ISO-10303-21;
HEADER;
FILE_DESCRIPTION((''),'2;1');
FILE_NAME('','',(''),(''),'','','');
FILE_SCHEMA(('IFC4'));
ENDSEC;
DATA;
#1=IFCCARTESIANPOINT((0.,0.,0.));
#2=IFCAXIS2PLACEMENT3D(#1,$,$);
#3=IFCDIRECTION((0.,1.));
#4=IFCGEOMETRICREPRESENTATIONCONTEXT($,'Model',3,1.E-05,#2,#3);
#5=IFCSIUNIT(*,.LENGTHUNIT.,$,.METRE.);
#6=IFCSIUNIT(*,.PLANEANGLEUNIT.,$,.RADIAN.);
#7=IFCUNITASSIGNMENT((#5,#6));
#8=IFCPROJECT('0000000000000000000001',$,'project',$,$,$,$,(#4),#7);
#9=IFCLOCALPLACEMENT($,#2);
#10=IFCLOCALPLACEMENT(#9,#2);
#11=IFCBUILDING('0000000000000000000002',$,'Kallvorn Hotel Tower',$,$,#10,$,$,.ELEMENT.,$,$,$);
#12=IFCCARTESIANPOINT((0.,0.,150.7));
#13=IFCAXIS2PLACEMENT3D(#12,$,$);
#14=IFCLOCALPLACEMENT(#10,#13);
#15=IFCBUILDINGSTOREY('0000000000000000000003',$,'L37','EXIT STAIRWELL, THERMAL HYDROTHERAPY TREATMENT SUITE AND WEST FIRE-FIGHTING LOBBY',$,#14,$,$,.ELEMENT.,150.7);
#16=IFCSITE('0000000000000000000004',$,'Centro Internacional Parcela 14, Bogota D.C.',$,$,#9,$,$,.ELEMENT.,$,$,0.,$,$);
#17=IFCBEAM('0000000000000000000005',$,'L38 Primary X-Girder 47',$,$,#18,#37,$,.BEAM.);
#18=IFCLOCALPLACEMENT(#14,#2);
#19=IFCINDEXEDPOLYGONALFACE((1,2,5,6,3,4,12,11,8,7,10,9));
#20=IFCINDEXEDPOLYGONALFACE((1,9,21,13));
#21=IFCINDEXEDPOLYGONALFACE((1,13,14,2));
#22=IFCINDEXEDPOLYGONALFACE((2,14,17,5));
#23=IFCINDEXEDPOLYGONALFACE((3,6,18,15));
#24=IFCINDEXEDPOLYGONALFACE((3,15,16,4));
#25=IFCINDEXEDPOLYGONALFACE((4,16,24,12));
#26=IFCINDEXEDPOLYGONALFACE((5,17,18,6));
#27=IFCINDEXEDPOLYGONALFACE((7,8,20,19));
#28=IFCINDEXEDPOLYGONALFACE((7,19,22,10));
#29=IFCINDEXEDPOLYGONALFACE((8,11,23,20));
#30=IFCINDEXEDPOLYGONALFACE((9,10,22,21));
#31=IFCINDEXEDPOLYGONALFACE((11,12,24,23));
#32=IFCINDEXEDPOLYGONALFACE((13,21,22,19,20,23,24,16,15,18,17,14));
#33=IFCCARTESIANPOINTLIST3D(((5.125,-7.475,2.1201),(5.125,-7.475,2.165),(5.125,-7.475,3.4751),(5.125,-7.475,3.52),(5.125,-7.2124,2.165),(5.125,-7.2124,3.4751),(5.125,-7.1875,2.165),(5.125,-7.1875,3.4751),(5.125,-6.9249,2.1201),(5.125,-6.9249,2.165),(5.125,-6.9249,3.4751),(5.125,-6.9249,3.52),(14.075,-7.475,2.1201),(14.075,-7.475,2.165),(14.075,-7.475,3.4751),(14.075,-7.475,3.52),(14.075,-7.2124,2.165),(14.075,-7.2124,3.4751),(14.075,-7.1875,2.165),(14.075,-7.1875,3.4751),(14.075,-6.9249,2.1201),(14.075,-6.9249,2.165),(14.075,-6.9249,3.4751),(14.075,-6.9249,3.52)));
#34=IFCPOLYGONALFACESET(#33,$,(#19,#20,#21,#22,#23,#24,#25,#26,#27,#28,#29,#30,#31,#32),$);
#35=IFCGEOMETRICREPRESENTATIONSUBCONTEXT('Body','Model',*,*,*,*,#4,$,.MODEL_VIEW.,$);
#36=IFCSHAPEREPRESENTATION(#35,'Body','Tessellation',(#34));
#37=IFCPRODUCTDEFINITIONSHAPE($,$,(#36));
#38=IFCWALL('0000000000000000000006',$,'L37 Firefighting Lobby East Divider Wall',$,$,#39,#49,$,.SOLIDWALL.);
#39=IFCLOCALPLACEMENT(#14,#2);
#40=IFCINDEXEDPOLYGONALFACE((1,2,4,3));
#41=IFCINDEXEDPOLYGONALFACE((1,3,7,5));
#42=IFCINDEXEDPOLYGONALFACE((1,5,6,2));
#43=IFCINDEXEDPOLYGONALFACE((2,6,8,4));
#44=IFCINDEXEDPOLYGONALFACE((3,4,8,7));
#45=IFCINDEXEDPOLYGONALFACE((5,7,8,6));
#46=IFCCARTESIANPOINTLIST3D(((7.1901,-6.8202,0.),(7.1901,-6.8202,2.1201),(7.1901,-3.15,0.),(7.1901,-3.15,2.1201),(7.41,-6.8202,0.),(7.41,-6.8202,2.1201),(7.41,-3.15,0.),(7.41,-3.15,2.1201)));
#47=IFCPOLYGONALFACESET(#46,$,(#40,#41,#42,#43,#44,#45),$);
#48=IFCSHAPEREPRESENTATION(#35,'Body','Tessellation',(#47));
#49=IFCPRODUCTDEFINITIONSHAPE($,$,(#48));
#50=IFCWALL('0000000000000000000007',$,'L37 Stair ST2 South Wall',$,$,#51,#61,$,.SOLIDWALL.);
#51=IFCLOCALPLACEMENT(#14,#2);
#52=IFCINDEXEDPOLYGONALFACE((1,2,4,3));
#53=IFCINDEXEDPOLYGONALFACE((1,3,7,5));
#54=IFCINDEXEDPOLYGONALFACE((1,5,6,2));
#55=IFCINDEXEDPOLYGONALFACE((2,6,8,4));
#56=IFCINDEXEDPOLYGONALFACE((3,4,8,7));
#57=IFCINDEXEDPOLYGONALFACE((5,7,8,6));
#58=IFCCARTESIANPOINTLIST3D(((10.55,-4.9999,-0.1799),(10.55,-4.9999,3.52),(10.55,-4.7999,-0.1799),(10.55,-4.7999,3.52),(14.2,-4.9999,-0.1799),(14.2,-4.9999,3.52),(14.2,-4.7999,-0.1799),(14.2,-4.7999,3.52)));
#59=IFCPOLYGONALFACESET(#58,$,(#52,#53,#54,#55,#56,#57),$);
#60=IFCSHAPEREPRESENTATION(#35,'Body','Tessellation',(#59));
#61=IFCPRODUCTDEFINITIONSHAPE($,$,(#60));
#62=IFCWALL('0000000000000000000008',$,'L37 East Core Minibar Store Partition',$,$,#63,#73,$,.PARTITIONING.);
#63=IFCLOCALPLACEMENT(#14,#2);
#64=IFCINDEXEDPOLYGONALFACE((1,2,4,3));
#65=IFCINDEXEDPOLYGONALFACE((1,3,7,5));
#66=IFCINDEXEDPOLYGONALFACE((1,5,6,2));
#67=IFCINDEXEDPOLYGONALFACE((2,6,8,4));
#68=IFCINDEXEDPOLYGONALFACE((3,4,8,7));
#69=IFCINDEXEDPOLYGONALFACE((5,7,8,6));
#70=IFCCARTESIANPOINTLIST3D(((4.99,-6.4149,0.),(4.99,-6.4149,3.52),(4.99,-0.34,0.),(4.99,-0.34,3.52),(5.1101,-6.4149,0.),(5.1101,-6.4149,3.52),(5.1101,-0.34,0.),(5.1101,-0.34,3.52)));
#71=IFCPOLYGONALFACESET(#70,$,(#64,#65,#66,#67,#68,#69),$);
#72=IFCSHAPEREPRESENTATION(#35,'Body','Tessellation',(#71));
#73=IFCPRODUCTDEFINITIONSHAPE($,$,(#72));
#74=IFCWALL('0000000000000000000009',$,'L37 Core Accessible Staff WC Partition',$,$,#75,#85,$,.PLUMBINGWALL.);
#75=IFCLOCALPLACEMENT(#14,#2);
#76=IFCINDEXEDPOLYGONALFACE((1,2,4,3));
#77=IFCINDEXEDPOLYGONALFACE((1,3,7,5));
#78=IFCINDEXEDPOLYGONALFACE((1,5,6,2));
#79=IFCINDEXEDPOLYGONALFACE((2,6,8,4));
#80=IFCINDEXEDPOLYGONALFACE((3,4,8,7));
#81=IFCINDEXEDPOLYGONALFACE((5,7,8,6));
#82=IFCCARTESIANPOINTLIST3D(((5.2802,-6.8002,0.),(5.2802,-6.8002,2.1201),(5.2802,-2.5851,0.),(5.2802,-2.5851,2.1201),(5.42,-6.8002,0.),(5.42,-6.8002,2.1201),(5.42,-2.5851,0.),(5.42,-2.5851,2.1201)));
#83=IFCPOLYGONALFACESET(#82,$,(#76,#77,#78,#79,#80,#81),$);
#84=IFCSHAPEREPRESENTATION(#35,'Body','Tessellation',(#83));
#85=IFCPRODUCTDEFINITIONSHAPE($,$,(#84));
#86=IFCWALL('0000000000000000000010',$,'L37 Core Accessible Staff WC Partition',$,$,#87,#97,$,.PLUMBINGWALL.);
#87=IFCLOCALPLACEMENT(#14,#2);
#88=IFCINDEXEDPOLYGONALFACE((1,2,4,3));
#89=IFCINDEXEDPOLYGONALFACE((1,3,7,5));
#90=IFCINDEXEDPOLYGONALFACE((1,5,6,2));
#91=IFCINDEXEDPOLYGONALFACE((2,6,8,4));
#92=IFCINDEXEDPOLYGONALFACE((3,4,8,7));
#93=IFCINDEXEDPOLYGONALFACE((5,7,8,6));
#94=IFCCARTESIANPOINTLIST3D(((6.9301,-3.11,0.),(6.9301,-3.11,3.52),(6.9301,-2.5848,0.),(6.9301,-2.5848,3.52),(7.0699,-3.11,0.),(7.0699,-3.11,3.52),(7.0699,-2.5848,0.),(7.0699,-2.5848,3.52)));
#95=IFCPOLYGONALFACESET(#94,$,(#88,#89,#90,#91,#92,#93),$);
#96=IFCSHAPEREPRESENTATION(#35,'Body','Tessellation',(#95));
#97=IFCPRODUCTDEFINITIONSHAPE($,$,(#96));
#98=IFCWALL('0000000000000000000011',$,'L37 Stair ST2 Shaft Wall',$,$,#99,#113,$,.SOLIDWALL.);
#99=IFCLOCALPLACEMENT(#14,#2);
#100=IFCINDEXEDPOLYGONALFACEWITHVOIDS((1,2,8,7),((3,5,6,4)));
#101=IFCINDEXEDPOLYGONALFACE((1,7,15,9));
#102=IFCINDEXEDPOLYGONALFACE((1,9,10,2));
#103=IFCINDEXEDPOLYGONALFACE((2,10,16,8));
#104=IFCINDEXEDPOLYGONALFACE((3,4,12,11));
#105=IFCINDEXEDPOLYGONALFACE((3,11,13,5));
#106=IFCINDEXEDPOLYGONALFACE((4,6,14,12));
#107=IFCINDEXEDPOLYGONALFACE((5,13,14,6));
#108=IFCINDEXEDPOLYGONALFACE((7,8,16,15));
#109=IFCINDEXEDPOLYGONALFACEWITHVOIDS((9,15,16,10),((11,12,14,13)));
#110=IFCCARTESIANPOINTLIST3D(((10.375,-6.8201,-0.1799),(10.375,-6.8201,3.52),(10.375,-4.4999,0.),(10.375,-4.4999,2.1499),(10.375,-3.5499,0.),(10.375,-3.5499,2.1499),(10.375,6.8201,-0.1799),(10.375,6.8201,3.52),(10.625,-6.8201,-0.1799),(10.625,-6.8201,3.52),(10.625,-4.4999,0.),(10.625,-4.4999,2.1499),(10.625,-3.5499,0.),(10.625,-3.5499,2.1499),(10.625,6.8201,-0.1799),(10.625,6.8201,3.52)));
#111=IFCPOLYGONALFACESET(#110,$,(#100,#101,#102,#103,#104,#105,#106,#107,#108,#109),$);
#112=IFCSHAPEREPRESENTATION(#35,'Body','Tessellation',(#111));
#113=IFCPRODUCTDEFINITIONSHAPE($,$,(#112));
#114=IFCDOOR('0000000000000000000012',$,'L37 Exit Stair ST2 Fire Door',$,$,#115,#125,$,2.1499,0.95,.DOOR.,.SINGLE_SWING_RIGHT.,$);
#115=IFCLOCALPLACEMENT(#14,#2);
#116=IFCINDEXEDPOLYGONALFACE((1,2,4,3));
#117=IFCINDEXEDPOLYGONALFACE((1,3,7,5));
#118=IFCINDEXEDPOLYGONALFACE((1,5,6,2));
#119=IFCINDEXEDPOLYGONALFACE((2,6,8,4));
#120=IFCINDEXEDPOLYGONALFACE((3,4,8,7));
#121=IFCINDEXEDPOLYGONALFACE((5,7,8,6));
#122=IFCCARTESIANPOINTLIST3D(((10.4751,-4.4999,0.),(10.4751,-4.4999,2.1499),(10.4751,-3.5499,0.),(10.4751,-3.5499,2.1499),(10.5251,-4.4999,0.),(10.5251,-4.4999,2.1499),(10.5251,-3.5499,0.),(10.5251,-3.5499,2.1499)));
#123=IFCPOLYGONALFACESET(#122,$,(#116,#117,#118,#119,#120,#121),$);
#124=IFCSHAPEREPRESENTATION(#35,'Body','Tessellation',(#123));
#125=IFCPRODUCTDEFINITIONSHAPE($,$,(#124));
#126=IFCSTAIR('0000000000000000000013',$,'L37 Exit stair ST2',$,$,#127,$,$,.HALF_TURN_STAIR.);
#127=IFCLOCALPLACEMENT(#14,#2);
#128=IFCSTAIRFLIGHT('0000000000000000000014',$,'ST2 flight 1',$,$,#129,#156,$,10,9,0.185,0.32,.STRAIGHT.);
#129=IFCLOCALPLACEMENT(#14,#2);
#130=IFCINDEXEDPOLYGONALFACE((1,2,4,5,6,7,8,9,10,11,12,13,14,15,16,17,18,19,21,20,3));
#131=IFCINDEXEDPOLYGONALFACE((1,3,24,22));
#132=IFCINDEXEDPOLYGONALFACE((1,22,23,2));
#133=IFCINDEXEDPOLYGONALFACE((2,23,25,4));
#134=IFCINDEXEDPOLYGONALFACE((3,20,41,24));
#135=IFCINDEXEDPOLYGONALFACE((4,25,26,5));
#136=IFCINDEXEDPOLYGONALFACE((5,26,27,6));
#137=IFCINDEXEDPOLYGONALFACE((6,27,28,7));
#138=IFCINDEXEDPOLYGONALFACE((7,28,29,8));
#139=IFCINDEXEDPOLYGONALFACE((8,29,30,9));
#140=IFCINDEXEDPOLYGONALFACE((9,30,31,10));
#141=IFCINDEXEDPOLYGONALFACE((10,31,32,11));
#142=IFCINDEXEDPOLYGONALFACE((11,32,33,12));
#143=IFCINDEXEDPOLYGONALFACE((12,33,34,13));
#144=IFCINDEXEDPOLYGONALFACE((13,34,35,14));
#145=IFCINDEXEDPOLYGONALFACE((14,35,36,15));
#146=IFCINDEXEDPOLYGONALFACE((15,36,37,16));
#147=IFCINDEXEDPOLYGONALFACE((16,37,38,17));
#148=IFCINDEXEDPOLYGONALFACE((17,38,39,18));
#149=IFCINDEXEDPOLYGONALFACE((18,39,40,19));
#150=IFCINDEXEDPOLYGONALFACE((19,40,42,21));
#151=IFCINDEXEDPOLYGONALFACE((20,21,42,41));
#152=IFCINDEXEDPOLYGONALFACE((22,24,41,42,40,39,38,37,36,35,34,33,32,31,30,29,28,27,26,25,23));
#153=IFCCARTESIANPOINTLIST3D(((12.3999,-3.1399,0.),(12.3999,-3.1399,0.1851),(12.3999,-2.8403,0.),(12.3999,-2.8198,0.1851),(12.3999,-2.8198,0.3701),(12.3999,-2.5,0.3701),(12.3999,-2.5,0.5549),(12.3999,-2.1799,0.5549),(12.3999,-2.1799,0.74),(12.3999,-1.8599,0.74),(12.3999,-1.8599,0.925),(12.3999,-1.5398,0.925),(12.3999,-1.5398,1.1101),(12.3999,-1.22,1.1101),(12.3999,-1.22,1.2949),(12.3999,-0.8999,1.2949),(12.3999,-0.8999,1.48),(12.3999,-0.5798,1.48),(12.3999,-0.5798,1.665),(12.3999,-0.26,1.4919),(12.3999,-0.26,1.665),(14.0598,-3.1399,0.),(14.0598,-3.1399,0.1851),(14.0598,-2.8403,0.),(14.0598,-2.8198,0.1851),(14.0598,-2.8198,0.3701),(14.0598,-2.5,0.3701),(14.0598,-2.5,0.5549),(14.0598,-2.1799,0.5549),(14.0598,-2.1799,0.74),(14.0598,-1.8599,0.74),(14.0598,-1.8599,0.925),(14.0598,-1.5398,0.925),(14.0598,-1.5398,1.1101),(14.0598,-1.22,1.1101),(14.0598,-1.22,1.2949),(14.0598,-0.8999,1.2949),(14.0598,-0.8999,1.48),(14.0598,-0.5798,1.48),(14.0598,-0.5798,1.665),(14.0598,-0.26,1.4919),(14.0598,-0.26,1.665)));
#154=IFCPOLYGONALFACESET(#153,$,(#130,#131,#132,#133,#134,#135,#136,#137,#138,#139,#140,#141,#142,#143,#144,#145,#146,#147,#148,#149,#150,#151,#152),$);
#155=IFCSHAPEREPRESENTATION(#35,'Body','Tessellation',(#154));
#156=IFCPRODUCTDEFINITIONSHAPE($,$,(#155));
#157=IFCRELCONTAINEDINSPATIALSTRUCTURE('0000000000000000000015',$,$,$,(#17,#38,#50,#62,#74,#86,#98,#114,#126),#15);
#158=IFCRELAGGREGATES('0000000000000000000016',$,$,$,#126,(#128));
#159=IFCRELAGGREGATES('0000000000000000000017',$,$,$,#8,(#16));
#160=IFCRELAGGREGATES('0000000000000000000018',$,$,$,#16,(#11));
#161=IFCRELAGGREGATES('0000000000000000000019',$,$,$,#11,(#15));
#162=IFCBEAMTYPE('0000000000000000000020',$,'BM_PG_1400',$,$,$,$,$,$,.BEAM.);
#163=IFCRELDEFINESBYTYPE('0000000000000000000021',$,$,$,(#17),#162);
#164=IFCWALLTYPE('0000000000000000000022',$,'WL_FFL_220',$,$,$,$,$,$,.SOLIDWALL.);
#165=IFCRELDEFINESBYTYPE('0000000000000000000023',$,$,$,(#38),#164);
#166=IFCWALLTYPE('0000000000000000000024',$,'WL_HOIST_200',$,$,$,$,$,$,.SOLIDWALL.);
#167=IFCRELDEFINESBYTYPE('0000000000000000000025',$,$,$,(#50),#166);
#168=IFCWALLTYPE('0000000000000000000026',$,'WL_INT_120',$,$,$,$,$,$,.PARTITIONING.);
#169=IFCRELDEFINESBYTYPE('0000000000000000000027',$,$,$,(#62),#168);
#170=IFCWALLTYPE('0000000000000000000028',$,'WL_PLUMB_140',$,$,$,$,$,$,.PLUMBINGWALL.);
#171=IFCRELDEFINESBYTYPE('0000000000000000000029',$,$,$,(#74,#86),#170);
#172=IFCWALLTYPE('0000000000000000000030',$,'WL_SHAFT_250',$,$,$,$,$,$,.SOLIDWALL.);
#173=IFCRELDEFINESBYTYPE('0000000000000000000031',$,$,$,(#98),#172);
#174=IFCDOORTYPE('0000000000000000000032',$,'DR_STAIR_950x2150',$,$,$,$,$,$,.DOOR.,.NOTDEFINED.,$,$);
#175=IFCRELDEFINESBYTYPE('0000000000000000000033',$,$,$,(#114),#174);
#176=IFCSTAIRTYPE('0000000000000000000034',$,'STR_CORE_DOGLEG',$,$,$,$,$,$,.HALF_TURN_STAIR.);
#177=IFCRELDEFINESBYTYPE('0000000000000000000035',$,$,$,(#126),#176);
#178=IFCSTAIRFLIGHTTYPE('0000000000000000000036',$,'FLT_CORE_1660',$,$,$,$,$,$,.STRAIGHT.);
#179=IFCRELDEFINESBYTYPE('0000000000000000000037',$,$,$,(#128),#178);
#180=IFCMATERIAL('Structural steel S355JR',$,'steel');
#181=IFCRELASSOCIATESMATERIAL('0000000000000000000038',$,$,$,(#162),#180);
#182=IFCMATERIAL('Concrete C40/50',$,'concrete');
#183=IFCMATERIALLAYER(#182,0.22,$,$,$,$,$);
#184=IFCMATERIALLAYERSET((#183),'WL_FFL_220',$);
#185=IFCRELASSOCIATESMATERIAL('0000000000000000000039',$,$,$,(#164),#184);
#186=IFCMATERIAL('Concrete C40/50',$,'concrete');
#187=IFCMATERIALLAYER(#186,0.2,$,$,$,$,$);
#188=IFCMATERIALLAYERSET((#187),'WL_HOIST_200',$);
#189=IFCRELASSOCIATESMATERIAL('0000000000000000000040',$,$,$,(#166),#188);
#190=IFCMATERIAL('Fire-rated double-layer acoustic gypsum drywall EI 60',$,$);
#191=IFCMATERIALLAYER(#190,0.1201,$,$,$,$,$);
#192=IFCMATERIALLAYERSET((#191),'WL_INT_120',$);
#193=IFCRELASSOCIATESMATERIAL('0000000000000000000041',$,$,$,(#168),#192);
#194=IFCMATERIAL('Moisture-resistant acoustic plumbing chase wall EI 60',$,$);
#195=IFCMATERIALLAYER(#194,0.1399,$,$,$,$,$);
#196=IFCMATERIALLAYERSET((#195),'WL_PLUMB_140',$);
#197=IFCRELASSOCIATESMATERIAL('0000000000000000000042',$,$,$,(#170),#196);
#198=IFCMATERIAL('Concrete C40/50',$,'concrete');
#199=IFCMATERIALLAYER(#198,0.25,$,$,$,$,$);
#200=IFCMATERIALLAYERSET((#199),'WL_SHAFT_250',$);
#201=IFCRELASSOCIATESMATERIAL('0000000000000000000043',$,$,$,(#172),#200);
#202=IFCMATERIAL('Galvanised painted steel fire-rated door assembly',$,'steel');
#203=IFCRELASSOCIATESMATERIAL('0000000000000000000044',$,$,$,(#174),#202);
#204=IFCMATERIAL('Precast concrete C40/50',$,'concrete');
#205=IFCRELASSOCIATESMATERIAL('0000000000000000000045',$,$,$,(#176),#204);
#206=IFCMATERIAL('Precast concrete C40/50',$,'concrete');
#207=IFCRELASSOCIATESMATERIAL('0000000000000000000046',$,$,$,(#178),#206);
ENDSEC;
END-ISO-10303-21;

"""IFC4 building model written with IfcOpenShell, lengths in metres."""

from ifc_helpers import new_model, si_unit, direction, frame, frame_2d, origin, origin_2d, place, context, subcontext, project, spatial, polyline, rectangle, i_section, outline, extrude, material, layer, layer_set, material_profile, profile_set, type_object, element, fill, aggregate, save


model = new_model("IFC4")

# Units and contexts
model_context = context("Model", 3, precision=1e-05, world=origin(), true_north=direction((0.0, 1.0)))
body_context = subcontext(model_context, "Body", "Model", "MODEL_VIEW")
ifc_project = project(units=[si_unit("LENGTHUNIT", "METRE"), si_unit("PLANEANGLEUNIT", "RADIAN")], contexts=[model_context])

# Site, building, storey
site_placement = place(None, origin())
site = spatial("IfcSite", under=ifc_project, at=site_placement, Name="Centro Internacional Parcela 14, Bogota D.C.", CompositionType="ELEMENT", RefElevation=0.0)
building_placement = place(site_placement, origin())
building = spatial("IfcBuilding", under=site, at=building_placement, Name="Kallvorn Hotel Tower", CompositionType="ELEMENT")
storey_placement = place(building_placement, frame((0.0, 0.0, 150.7)))
storey = spatial("IfcBuildingStorey", under=building, at=storey_placement, Name="L37", Description="EXIT STAIRWELL, THERMAL HYDROTHERAPY TREATMENT SUITE AND WEST FIRE-FIGHTING LOBBY", CompositionType="ELEMENT", Elevation=150.7)

# Beam
ifc_material_1 = material(Name="Structural steel S355JR", Category="steel")
ifc_material_profile_1 = material_profile(ifc_material_1, i_section(OverallWidth=0.55, OverallDepth=1.3999, WebThickness=0.0249, FlangeThickness=0.0449, at=origin_2d()), Name="PG 1400x550x25x45")
ifc_profile_set_1 = profile_set([ifc_material_profile_1], Name="Structural steel S355JR")
beam_type_1 = type_object("IfcBeamType", Name="BM_PG_1400", PredefinedType="BEAM", material=ifc_profile_set_1)
beam_1_placement = place(storey_placement, frame((5.125, -7.2, 2.8201), z_axis=(1.0, 0.0, 0.0), x_axis=(0.0, 1.0, 0.0)))
element("IfcBeam", 1, at=beam_1_placement, inside=storey, type_object=beam_type_1, Name="L38 Primary X-Girder 47", PredefinedType="BEAM", context=body_context, shape_type="SweptSolid", body=[
    extrude(i_section(OverallWidth=0.55, OverallDepth=1.3999, WebThickness=0.0249, FlangeThickness=0.0449, at=origin_2d()), origin(), (0.0, 0.0, 1.0), 8.95),
])

# Walls
ifc_material_2 = material(Name="Concrete C40/50", Category="concrete")
ifc_layer_1 = layer(ifc_material_2, 0.22)
ifc_layer_set_1 = layer_set([ifc_layer_1], Name="WL_FFL_220")
wall_type_1 = type_object("IfcWallType", Name="WL_FFL_220", PredefinedType="SOLIDWALL", material=ifc_layer_set_1)
wall_1_placement = place(storey_placement, frame((7.3, -6.8201, 0.0), z_axis=(0.0, 0.0, 1.0), x_axis=(0.0, 1.0, 0.0)))
element("IfcWall", 2, at=wall_1_placement, inside=storey, type_object=wall_type_1, Name="L37 Firefighting Lobby East Divider Wall", PredefinedType="SOLIDWALL", context=body_context, shape_type="SweptSolid", body=[
    extrude(rectangle(XDim=3.6702, YDim=0.22, at=frame_2d((1.835, 0.0))), origin(), (0.0, 0.0, 1.0), 2.1201),
])
ifc_material_3 = material(Name="Concrete C40/50", Category="concrete")
ifc_layer_2 = layer(ifc_material_3, 0.2)
ifc_layer_set_2 = layer_set([ifc_layer_2], Name="WL_HOIST_200")
wall_type_2 = type_object("IfcWallType", Name="WL_HOIST_200", PredefinedType="SOLIDWALL", material=ifc_layer_set_2)
wall_2_placement = place(storey_placement, frame((10.55, -4.8999, -0.1799), z_axis=(0.0, 0.0, 1.0), x_axis=(1.0, 0.0, 0.0)))
element("IfcWall", 3, at=wall_2_placement, inside=storey, type_object=wall_type_2, Name="L37 Stair ST2 South Wall", PredefinedType="SOLIDWALL", context=body_context, shape_type="SweptSolid", body=[
    extrude(rectangle(XDim=3.6499, YDim=0.2, at=frame_2d((1.825, 0.0))), origin(), (0.0, 0.0, 1.0), 3.7),
])
ifc_material_4 = material(Name="Fire-rated double-layer acoustic gypsum drywall EI 60")
ifc_layer_3 = layer(ifc_material_4, 0.1201)
ifc_layer_set_3 = layer_set([ifc_layer_3], Name="WL_INT_120")
wall_type_3 = type_object("IfcWallType", Name="WL_INT_120", PredefinedType="PARTITIONING", material=ifc_layer_set_3)
wall_3_placement = place(storey_placement, frame((5.05, -6.415, 0.0), z_axis=(0.0, 0.0, 1.0), x_axis=(0.0, 1.0, 0.0)))
element("IfcWall", 4, at=wall_3_placement, inside=storey, type_object=wall_type_3, Name="L37 East Core Minibar Store Partition", PredefinedType="PARTITIONING", context=body_context, shape_type="SweptSolid", body=[
    extrude(rectangle(XDim=6.075, YDim=0.1201, at=frame_2d((3.0376, 0.0))), origin(), (0.0, 0.0, 1.0), 3.52),
])
ifc_material_5 = material(Name="Moisture-resistant acoustic plumbing chase wall EI 60")
ifc_layer_4 = layer(ifc_material_5, 0.1399)
ifc_layer_set_4 = layer_set([ifc_layer_4], Name="WL_PLUMB_140")
wall_type_4 = type_object("IfcWallType", Name="WL_PLUMB_140", PredefinedType="PLUMBINGWALL", material=ifc_layer_set_4)
wall_4_placement = place(storey_placement, frame((5.3501, -6.8, 0.0), z_axis=(0.0, 0.0, 1.0), x_axis=(0.0, 1.0, 0.0)))
element("IfcWall", 5, at=wall_4_placement, inside=storey, type_object=wall_type_4, Name="L37 Core Accessible Staff WC Partition", PredefinedType="PLUMBINGWALL", context=body_context, shape_type="SweptSolid", body=[
    extrude(rectangle(XDim=4.2151, YDim=0.1399, at=frame_2d((2.1074, 0.0))), origin(), (0.0, 0.0, 1.0), 2.1201),
])
wall_5_placement = place(storey_placement, frame((7.0, -3.1101, 0.0), z_axis=(0.0, 0.0, 1.0), x_axis=(0.0, 1.0, 0.0)))
element("IfcWall", 6, at=wall_5_placement, inside=storey, type_object=wall_type_4, Name="L37 Core Accessible Staff WC Partition", PredefinedType="PLUMBINGWALL", context=body_context, shape_type="SweptSolid", body=[
    extrude(rectangle(XDim=0.5251, YDim=0.1399, at=frame_2d((0.2627, 0.0))), origin(), (0.0, 0.0, 1.0), 3.52),
])

# Wall, opening, door
ifc_material_6 = material(Name="Concrete C40/50", Category="concrete")
ifc_layer_5 = layer(ifc_material_6, 0.25)
ifc_layer_set_5 = layer_set([ifc_layer_5], Name="WL_SHAFT_250")
wall_type_5 = type_object("IfcWallType", Name="WL_SHAFT_250", PredefinedType="SOLIDWALL", material=ifc_layer_set_5)
wall_6_placement = place(storey_placement, frame((10.5, -6.8201, -0.1799), z_axis=(0.0, 0.0, 1.0), x_axis=(0.0, 1.0, 0.0)))
wall_6 = element("IfcWall", 7, at=wall_6_placement, inside=storey, type_object=wall_type_5, Name="L37 Stair ST2 Shaft Wall", PredefinedType="SOLIDWALL", context=body_context, shape_type="SweptSolid", body=[
    extrude(rectangle(XDim=13.6401, YDim=0.25, at=frame_2d((6.8201, 0.0))), origin(), (0.0, 0.0, 1.0), 3.7),
])
opening_placement = place(wall_6_placement, frame((2.3201, 0.0, 0.1799)))
opening = element("IfcOpeningElement", 8, at=opening_placement, cuts=wall_6, PredefinedType="OPENING", context=body_context, shape_type="SweptSolid", body=[
    extrude(rectangle(XDim=0.95, YDim=2.1499, at=frame_2d((0.4751, 1.075))), frame((0.0, 0.1399, 0.0), z_axis=(0.0, -1.0, 0.0), x_axis=(1.0, 0.0, 0.0)), (0.0, 0.0, 1.0), 0.28),
])
ifc_material_7 = material(Name="Galvanised painted steel fire-rated door assembly", Category="steel")
door_type = type_object("IfcDoorType", Name="DR_STAIR_950x2150", OperationType="NOTDEFINED", PredefinedType="DOOR", material=ifc_material_7)
door_placement = place(opening_placement, origin())
door = element("IfcDoor", 9, at=door_placement, inside=storey, type_object=door_type, Name="L37 Exit Stair ST2 Fire Door", OperationType="SINGLE_SWING_RIGHT", OverallHeight=2.1499, OverallWidth=0.95, PredefinedType="DOOR", context=body_context, shape_type="SweptSolid", body=[
    extrude(rectangle(XDim=0.95, YDim=2.1499, at=frame_2d((0.4751, 1.075))), frame((0.0, 0.0249, 0.0), z_axis=(0.0, -1.0, 0.0), x_axis=(1.0, 0.0, 0.0)), (0.0, 0.0, 1.0), 0.05),
])
fill(opening, door)

# Stair, stair flight
ifc_material_8 = material(Name="Precast concrete C40/50", Category="concrete")
stair_type = type_object("IfcStairType", Name="STR_CORE_DOGLEG", PredefinedType="HALF_TURN_STAIR", material=ifc_material_8)
stair_placement = place(storey_placement, origin())
stair = element("IfcStair", 10, at=stair_placement, inside=storey, type_object=stair_type, Name="L37 Exit stair ST2", PredefinedType="HALF_TURN_STAIR")
ifc_material_9 = material(Name="Precast concrete C40/50", Category="concrete")
stair_flight_type = type_object("IfcStairFlightType", Name="FLT_CORE_1660", PredefinedType="STRAIGHT", material=ifc_material_9)
stair_flight_placement = place(storey_placement, frame((13.23, -3.1399, 0.0), z_axis=(0.0, 0.0, 1.0), x_axis=(0.0, 1.0, 0.0)))
stair_flight = element("IfcStairFlight", 11, at=stair_flight_placement, type_object=stair_flight_type, Name="ST2 flight 1", NumberOfRisers=10, NumberOfTreads=9, PredefinedType="STRAIGHT", RiserHeight=0.185, TreadLength=0.32, context=body_context, shape_type="SweptSolid", body=[
    extrude(outline(polyline([(0.0, 0.0), (0.0, 0.1851), (0.3201, 0.1851), (0.3201, 0.3701), (0.6399, 0.3701), (0.6399, 0.5549), (0.96, 0.5549), (0.96, 0.74), (1.28, 0.74), (1.28, 0.925), (1.6001, 0.925), (1.6001, 1.1101), (1.9199, 1.1101), (1.9199, 1.2949), (2.24, 1.2949), (2.24, 1.48), (2.5601, 1.48), (2.5601, 1.665), (2.8799, 1.665), (2.8799, 1.8501), (2.8799, 1.4919), (0.2996, 0.0), (0.0, 0.0)])), frame((0.0, 0.8301, 0.0), z_axis=(0.0, -1.0, 0.0), x_axis=(1.0, 0.0, 0.0)), (0.0, 0.0, 1.0), 1.6599),
])
aggregate(stair, [stair_flight])

save(model, "model.ifc")
